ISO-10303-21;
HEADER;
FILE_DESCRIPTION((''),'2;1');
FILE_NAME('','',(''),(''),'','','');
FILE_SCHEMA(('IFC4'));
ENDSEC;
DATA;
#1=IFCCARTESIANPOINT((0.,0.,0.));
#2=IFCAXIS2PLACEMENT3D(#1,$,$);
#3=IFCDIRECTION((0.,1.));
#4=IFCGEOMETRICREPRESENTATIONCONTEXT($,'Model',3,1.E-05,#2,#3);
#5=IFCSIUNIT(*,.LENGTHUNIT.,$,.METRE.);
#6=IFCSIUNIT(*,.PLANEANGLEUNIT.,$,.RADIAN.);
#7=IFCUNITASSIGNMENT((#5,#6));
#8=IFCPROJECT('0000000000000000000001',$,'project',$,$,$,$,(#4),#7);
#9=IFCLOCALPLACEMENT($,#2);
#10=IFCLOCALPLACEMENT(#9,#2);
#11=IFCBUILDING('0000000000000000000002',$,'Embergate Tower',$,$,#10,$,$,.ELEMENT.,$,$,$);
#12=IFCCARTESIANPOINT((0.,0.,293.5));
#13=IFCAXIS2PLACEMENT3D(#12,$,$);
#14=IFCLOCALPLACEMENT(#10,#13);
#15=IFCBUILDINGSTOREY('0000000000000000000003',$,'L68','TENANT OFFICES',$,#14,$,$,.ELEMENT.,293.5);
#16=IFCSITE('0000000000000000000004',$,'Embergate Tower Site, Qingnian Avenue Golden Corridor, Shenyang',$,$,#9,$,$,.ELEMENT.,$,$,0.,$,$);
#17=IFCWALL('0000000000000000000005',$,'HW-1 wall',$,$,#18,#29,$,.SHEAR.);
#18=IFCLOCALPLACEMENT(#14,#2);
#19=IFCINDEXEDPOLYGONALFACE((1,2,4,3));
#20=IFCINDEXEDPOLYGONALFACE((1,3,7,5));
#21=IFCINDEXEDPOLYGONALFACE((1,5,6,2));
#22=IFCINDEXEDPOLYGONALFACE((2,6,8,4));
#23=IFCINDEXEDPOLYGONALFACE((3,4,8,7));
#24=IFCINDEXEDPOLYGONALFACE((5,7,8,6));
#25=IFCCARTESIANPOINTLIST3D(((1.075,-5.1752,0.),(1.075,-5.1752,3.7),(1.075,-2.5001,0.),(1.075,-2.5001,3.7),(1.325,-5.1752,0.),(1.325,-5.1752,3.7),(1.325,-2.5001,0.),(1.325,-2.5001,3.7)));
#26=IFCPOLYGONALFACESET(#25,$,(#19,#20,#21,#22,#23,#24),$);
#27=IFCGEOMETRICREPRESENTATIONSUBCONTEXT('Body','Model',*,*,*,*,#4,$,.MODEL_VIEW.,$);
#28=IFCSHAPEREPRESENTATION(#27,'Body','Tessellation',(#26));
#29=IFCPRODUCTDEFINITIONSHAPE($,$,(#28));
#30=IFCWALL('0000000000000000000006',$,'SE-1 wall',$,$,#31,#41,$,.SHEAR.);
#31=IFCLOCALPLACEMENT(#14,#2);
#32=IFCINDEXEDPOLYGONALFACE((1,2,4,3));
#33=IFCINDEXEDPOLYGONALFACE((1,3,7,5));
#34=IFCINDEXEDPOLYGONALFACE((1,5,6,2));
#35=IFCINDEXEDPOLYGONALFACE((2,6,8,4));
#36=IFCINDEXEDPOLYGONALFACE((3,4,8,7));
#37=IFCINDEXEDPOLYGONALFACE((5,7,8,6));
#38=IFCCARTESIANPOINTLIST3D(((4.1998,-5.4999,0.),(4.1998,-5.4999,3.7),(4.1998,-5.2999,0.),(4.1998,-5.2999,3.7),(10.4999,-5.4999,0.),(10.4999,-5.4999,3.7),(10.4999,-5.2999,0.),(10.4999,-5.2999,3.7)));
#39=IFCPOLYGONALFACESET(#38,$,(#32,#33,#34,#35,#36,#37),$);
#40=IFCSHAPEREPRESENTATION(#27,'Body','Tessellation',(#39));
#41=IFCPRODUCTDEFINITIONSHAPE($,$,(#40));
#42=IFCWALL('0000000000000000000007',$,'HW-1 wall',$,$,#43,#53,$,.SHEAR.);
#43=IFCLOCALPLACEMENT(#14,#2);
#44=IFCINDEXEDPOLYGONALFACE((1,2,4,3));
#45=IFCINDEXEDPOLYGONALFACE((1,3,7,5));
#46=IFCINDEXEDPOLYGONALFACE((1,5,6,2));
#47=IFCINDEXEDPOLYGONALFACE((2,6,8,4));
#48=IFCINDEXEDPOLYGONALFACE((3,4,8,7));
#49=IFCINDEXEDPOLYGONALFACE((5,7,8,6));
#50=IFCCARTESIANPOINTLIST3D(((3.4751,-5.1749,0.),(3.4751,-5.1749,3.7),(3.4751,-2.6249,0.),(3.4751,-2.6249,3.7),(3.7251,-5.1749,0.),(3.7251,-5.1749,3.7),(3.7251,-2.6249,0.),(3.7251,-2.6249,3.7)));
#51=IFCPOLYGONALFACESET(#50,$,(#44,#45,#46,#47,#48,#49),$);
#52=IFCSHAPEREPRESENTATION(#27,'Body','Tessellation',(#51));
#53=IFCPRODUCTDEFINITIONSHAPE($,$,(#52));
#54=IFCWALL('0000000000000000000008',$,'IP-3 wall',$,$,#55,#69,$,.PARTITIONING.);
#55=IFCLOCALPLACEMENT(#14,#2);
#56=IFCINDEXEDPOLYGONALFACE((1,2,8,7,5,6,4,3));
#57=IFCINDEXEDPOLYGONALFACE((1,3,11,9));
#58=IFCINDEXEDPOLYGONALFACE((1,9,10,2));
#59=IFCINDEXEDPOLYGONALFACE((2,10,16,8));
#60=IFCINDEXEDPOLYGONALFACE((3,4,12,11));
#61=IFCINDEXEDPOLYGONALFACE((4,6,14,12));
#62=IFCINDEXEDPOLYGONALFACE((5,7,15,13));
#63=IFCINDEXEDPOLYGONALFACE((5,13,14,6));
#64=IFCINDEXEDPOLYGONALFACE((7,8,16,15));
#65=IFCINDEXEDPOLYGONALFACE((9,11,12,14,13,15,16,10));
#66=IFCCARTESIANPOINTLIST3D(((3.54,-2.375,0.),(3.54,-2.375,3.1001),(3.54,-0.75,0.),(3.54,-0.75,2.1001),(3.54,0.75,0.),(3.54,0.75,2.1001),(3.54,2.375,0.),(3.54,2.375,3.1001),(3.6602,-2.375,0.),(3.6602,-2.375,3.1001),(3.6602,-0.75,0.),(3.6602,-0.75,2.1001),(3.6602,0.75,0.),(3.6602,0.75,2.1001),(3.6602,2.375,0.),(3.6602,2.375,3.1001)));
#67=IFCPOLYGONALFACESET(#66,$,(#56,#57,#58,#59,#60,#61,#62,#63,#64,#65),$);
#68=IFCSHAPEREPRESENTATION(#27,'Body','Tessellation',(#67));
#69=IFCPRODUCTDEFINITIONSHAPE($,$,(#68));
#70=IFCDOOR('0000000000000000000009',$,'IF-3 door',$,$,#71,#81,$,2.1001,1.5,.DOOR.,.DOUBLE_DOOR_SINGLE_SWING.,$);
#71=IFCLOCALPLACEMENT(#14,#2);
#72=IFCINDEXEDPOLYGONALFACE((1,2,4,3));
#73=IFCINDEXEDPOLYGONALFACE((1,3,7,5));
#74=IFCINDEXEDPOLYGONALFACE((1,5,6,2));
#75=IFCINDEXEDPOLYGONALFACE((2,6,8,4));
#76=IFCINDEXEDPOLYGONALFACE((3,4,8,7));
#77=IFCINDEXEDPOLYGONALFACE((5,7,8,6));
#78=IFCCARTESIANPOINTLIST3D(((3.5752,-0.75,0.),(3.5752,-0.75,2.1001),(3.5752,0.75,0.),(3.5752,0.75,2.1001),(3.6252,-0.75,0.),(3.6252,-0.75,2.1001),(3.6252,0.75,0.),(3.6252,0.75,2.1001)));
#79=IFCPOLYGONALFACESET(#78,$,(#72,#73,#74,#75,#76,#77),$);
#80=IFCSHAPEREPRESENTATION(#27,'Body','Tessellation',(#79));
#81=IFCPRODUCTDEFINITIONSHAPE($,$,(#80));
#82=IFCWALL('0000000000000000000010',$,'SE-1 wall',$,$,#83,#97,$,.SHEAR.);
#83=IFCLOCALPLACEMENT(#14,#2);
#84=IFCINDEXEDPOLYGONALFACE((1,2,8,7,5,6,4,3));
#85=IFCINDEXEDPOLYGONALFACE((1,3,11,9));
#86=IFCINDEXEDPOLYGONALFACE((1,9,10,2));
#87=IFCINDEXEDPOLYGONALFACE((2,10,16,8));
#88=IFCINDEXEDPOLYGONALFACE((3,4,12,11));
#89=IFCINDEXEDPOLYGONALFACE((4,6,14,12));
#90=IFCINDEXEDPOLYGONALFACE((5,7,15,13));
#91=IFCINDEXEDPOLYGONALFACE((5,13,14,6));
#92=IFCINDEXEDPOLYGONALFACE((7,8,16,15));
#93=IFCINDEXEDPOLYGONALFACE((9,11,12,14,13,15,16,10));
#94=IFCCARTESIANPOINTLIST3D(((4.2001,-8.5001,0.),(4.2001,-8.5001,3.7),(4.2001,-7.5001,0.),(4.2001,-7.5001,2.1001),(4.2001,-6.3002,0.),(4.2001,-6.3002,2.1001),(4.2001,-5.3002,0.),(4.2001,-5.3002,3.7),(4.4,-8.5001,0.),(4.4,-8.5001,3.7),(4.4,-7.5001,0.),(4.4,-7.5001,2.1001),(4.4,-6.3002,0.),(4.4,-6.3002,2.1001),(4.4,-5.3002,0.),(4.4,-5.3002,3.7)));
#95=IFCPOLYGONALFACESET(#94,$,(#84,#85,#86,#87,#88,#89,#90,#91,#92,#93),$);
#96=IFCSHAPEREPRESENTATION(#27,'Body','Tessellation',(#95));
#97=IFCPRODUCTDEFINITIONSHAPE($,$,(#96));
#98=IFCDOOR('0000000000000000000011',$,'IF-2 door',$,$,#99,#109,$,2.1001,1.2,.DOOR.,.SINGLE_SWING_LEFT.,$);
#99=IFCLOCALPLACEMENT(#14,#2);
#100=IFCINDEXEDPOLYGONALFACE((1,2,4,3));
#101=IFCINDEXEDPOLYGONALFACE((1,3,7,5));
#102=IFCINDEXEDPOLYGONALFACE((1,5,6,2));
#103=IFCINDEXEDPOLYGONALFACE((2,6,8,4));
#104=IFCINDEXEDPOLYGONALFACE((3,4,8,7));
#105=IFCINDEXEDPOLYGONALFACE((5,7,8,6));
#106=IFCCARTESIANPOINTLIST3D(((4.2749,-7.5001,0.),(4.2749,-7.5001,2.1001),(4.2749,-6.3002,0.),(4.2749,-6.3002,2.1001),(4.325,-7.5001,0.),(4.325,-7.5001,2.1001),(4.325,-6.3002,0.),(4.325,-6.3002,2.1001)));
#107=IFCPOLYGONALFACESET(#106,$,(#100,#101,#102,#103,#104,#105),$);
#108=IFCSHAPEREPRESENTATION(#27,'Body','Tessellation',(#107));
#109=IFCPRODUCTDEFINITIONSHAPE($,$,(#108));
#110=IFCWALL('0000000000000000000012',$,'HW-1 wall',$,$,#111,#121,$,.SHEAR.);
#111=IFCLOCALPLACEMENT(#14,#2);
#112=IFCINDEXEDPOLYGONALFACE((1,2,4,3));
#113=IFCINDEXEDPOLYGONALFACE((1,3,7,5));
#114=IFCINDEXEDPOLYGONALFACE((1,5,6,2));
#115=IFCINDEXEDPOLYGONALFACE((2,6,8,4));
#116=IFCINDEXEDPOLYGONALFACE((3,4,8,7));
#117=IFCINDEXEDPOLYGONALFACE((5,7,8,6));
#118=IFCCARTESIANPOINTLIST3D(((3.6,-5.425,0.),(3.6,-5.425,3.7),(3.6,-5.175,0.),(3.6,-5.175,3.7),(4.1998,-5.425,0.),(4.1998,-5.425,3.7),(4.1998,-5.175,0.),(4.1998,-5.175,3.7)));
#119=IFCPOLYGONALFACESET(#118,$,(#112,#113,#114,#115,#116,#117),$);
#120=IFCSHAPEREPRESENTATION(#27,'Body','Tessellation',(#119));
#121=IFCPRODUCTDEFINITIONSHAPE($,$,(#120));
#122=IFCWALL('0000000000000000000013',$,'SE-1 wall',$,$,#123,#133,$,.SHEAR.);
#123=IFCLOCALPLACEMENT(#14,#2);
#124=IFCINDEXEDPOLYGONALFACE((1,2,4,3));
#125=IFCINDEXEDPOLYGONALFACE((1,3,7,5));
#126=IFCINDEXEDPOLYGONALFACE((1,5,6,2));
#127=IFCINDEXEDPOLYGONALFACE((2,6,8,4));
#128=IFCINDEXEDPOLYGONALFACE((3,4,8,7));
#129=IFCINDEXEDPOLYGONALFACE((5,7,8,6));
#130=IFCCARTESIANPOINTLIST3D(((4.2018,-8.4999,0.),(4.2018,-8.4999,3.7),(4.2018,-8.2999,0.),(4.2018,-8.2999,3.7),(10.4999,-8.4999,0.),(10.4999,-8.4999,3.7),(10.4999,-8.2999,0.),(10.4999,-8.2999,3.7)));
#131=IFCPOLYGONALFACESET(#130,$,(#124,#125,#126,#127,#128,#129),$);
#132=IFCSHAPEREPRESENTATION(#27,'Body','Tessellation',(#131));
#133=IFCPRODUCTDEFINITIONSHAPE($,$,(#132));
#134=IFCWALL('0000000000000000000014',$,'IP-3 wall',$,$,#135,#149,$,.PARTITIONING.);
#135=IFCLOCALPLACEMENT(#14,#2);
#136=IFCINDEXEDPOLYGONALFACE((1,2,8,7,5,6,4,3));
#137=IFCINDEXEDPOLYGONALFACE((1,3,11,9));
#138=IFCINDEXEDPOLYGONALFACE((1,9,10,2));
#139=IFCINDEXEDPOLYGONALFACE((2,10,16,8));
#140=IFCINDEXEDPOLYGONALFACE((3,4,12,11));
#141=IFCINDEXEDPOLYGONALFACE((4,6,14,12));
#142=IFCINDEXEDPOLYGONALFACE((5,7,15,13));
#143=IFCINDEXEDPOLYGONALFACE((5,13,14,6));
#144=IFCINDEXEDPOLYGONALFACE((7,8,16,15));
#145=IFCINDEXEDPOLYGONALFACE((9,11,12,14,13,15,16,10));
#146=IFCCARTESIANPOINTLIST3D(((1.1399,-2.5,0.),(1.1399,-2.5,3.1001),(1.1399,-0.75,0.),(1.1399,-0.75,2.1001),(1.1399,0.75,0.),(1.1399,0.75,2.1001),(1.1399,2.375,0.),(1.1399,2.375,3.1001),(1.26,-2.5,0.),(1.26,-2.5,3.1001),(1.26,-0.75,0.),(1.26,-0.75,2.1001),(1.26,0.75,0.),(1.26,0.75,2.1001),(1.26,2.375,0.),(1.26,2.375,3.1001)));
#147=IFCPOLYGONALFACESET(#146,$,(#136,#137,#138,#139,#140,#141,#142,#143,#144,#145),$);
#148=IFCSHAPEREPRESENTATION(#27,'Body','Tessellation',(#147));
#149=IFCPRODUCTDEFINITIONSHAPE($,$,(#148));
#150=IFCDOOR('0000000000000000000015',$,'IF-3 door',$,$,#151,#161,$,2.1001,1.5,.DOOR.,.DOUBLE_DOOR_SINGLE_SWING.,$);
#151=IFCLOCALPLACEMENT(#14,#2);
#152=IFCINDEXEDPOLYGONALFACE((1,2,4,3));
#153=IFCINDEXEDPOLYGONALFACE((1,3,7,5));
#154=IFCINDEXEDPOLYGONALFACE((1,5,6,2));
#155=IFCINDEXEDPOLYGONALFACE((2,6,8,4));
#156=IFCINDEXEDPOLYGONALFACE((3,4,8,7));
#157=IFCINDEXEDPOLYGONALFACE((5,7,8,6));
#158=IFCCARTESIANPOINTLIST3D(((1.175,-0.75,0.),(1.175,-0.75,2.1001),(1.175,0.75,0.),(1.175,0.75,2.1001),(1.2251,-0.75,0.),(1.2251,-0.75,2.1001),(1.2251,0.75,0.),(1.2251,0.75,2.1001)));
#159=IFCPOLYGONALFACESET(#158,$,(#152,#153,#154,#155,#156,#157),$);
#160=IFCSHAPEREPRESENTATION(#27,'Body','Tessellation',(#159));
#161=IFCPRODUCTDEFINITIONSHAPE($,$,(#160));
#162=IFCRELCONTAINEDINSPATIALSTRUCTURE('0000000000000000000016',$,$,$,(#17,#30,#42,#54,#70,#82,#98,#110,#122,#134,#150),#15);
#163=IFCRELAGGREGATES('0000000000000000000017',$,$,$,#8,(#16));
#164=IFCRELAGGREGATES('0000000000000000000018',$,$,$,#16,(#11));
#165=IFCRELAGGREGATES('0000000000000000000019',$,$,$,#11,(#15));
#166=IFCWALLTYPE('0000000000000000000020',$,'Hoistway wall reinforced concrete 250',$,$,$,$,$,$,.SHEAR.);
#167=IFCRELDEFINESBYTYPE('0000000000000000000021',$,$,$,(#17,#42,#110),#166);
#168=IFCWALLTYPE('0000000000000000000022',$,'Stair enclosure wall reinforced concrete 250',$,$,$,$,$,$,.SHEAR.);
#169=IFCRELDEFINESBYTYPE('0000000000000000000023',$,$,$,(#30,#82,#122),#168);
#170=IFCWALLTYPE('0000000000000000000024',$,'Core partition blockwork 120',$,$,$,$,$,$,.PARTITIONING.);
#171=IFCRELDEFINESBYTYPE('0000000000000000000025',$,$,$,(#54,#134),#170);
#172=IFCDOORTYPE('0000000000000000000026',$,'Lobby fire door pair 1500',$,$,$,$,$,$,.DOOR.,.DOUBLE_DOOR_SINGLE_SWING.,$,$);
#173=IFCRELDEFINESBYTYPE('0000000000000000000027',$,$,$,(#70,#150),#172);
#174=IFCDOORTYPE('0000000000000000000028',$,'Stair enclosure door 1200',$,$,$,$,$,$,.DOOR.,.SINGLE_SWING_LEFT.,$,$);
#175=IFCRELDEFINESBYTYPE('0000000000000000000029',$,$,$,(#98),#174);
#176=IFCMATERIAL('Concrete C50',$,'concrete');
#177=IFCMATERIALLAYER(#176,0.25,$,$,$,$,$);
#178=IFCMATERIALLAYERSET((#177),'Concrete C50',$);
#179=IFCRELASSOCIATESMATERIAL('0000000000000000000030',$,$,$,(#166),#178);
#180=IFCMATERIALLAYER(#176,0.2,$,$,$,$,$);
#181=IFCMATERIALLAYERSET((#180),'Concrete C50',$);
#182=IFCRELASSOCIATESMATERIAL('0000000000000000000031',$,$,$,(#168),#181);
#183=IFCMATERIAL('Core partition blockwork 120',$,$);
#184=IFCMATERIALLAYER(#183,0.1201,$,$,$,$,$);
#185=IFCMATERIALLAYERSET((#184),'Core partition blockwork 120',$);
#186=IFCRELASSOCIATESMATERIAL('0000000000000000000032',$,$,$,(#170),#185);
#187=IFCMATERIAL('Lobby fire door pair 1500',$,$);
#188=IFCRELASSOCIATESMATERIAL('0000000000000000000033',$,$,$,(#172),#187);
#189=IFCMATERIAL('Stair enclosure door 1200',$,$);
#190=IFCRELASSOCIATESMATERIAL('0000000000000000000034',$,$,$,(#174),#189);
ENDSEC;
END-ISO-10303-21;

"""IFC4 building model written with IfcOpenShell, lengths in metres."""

from ifc_helpers import new_model, si_unit, direction, frame, frame_2d, origin, place, context, subcontext, project, spatial, rectangle, extrude, source, transform, mapped, material, layer, layer_set, type_object, element, fill, save


model = new_model("IFC4")

# Units and contexts
model_context = context("Model", 3, precision=1e-05, world=origin(), true_north=direction((0.0, 1.0)))
body_context = subcontext(model_context, "Body", "Model", "MODEL_VIEW")
ifc_project = project(units=[si_unit("LENGTHUNIT", "METRE"), si_unit("PLANEANGLEUNIT", "RADIAN")], contexts=[model_context])

# Site, building, storey
site_placement = place(None, origin())
site = spatial("IfcSite", under=ifc_project, at=site_placement, Name="Embergate Tower Site, Qingnian Avenue Golden Corridor, Shenyang", CompositionType="ELEMENT", RefElevation=0.0)
building_placement = place(site_placement, origin())
building = spatial("IfcBuilding", under=site, at=building_placement, Name="Embergate Tower", CompositionType="ELEMENT")
storey_placement = place(building_placement, frame((0.0, 0.0, 293.5)))
storey = spatial("IfcBuildingStorey", under=building, at=storey_placement, Name="L68", Description="TENANT OFFICES", CompositionType="ELEMENT", Elevation=293.5)

# Walls
ifc_material_1 = material(Name="Concrete C50", Category="concrete")
ifc_layer_1 = layer(ifc_material_1, 0.25)
ifc_layer_set_1 = layer_set([ifc_layer_1], Name="Concrete C50")
wall_type_1 = type_object("IfcWallType", Name="Hoistway wall reinforced concrete 250", PredefinedType="SHEAR", material=ifc_layer_set_1)
shared_shape_1 = source(origin(), body_context, "Body", "SweptSolid", [
    extrude(rectangle(XDim=2.675, YDim=0.25, at=frame_2d((1.3374, 0.0))), origin(), (0.0, 0.0, 1.0), 3.7),
])
wall_1_placement = place(storey_placement, frame((1.2, -5.175, 0.0), z_axis=(0.0, 0.0, 1.0), x_axis=(0.0, 1.0, 0.0)))
element("IfcWall", 1, at=wall_1_placement, inside=storey, type_object=wall_type_1, Name="HW-1 wall", PredefinedType="SHEAR", context=body_context, shape_type="MappedRepresentation", body=[
    mapped(shared_shape_1, transform((0.0, 0.0, 0.0))),
])
ifc_layer_2 = layer(ifc_material_1, 0.2)
ifc_layer_set_2 = layer_set([ifc_layer_2], Name="Concrete C50")
wall_type_2 = type_object("IfcWallType", Name="Stair enclosure wall reinforced concrete 250", PredefinedType="SHEAR", material=ifc_layer_set_2)
shared_shape_2 = source(origin(), body_context, "Body", "SweptSolid", [
    extrude(rectangle(XDim=6.3, YDim=0.2, at=frame_2d((3.1499, 0.0))), origin(), (0.0, 0.0, 1.0), 3.7),
])
wall_2_placement = place(storey_placement, frame((4.2, -5.3999, 0.0), z_axis=(0.0, 0.0, 1.0), x_axis=(1.0, 0.0, 0.0)))
element("IfcWall", 2, at=wall_2_placement, inside=storey, type_object=wall_type_2, Name="SE-1 wall", PredefinedType="SHEAR", context=body_context, shape_type="MappedRepresentation", body=[
    mapped(shared_shape_2, transform((0.0, 0.0, 0.0))),
])
shared_shape_3 = source(origin(), body_context, "Body", "SweptSolid", [
    extrude(rectangle(XDim=2.55, YDim=0.25, at=frame_2d((1.2749, 0.0))), origin(), (0.0, 0.0, 1.0), 3.7),
])
wall_3_placement = place(storey_placement, frame((3.6001, -2.625, 0.0), z_axis=(0.0, 0.0, 1.0), x_axis=(0.0, -1.0, 0.0)))
element("IfcWall", 3, at=wall_3_placement, inside=storey, type_object=wall_type_1, Name="HW-1 wall", PredefinedType="SHEAR", context=body_context, shape_type="MappedRepresentation", body=[
    mapped(shared_shape_3, transform((0.0, 0.0, 0.0))),
])

# Walls, openings, doors
ifc_material_2 = material(Name="Core partition blockwork 120")
ifc_layer_3 = layer(ifc_material_2, 0.1201)
ifc_layer_set_3 = layer_set([ifc_layer_3], Name="Core partition blockwork 120")
wall_type_3 = type_object("IfcWallType", Name="Core partition blockwork 120", PredefinedType="PARTITIONING", material=ifc_layer_set_3)
shared_shape_4 = source(origin(), body_context, "Body", "SweptSolid", [
    extrude(rectangle(XDim=4.75, YDim=0.1201, at=frame_2d((2.375, 0.0))), origin(), (0.0, 0.0, 1.0), 3.1001),
])
wall_4_placement = place(storey_placement, frame((3.6001, -2.375, 0.0), z_axis=(0.0, 0.0, 1.0), x_axis=(0.0, 1.0, 0.0)))
wall_4 = element("IfcWall", 4, at=wall_4_placement, inside=storey, type_object=wall_type_3, Name="IP-3 wall", PredefinedType="PARTITIONING", context=body_context, shape_type="MappedRepresentation", body=[
    mapped(shared_shape_4, transform((0.0, 0.0, 0.0))),
])
shared_shape_5 = source(origin(), body_context, "Body", "SweptSolid", [
    extrude(rectangle(XDim=1.5, YDim=2.1001, at=frame_2d((0.75, 1.05))), frame((0.0, 0.0701, 0.0), z_axis=(0.0, -1.0, 0.0), x_axis=(1.0, 0.0, 0.0)), (0.0, 0.0, 1.0), 0.1401),
])
opening_1_placement = place(wall_4_placement, frame((1.625, 0.0, 0.0)))
opening_1 = element("IfcOpeningElement", 5, at=opening_1_placement, cuts=wall_4, PredefinedType="OPENING", context=body_context, shape_type="MappedRepresentation", body=[
    mapped(shared_shape_5, transform((0.0, 0.0, 0.0))),
])
ifc_material_3 = material(Name="Lobby fire door pair 1500")
door_type_1 = type_object("IfcDoorType", Name="Lobby fire door pair 1500", OperationType="DOUBLE_DOOR_SINGLE_SWING", PredefinedType="DOOR", material=ifc_material_3)
shared_shape_6 = source(origin(), body_context, "Body", "SweptSolid", [
    extrude(rectangle(XDim=1.5, YDim=2.1001, at=frame_2d((0.75, 1.05))), frame((0.0, 0.0249, 0.0), z_axis=(0.0, -1.0, 0.0), x_axis=(1.0, 0.0, 0.0)), (0.0, 0.0, 1.0), 0.05),
])
door_1_placement = place(opening_1_placement, origin())
door_1 = element("IfcDoor", 6, at=door_1_placement, inside=storey, type_object=door_type_1, Name="IF-3 door", OperationType="DOUBLE_DOOR_SINGLE_SWING", OverallHeight=2.1001, OverallWidth=1.5, PredefinedType="DOOR", context=body_context, shape_type="MappedRepresentation", body=[
    mapped(shared_shape_6, transform((0.0, 0.0, 0.0))),
])
fill(opening_1, door_1)
shared_shape_7 = source(origin(), body_context, "Body", "SweptSolid", [
    extrude(rectangle(XDim=3.2, YDim=0.2, at=frame_2d((1.6001, 0.0))), origin(), (0.0, 0.0, 1.0), 3.7),
])
wall_5_placement = place(storey_placement, frame((4.3, -5.3, 0.0), z_axis=(0.0, 0.0, 1.0), x_axis=(0.0, -1.0, 0.0)))
wall_5 = element("IfcWall", 7, at=wall_5_placement, inside=storey, type_object=wall_type_2, Name="SE-1 wall", PredefinedType="SHEAR", context=body_context, shape_type="MappedRepresentation", body=[
    mapped(shared_shape_7, transform((0.0, 0.0, 0.0))),
])
shared_shape_8 = source(origin(), body_context, "Body", "SweptSolid", [
    extrude(rectangle(XDim=1.2, YDim=2.1001, at=frame_2d((0.6001, 1.05))), frame((0.0, 0.1099, 0.0), z_axis=(0.0, -1.0, 0.0), x_axis=(1.0, 0.0, 0.0)), (0.0, 0.0, 1.0), 0.22),
])
opening_2_placement = place(wall_5_placement, frame((1.0, 0.0, 0.0)))
opening_2 = element("IfcOpeningElement", 8, at=opening_2_placement, cuts=wall_5, PredefinedType="OPENING", context=body_context, shape_type="MappedRepresentation", body=[
    mapped(shared_shape_8, transform((0.0, 0.0, 0.0))),
])
ifc_material_4 = material(Name="Stair enclosure door 1200")
door_type_2 = type_object("IfcDoorType", Name="Stair enclosure door 1200", OperationType="SINGLE_SWING_LEFT", PredefinedType="DOOR", material=ifc_material_4)
shared_shape_9 = source(origin(), body_context, "Body", "SweptSolid", [
    extrude(rectangle(XDim=1.2, YDim=2.1001, at=frame_2d((0.6001, 1.05))), frame((0.0, 0.0249, 0.0), z_axis=(0.0, -1.0, 0.0), x_axis=(1.0, 0.0, 0.0)), (0.0, 0.0, 1.0), 0.05),
])
door_2_placement = place(opening_2_placement, origin())
door_2 = element("IfcDoor", 9, at=door_2_placement, inside=storey, type_object=door_type_2, Name="IF-2 door", OperationType="SINGLE_SWING_LEFT", OverallHeight=2.1001, OverallWidth=1.2, PredefinedType="DOOR", context=body_context, shape_type="MappedRepresentation", body=[
    mapped(shared_shape_9, transform((0.0, 0.0, 0.0))),
])
fill(opening_2, door_2)

# Walls
shared_shape_10 = source(origin(), body_context, "Body", "SweptSolid", [
    extrude(rectangle(XDim=0.5999, YDim=0.25, at=frame_2d((0.2998, 0.0))), origin(), (0.0, 0.0, 1.0), 3.7),
])
wall_6_placement = place(storey_placement, frame((3.6001, -5.3, 0.0), z_axis=(0.0, 0.0, 1.0), x_axis=(1.0, 0.0, 0.0)))
element("IfcWall", 10, at=wall_6_placement, inside=storey, type_object=wall_type_1, Name="HW-1 wall", PredefinedType="SHEAR", context=body_context, shape_type="MappedRepresentation", body=[
    mapped(shared_shape_10, transform((0.0, 0.0, 0.0))),
])
shared_shape_11 = source(origin(), body_context, "Body", "SweptSolid", [
    extrude(rectangle(XDim=6.2981, YDim=0.2, at=frame_2d((3.1489, 0.0))), origin(), (0.0, 0.0, 1.0), 3.7),
])
wall_7_placement = place(storey_placement, frame((4.2019, -8.3999, 0.0), z_axis=(0.0, 0.0, 1.0), x_axis=(1.0, 0.0, 0.0)))
element("IfcWall", 11, at=wall_7_placement, inside=storey, type_object=wall_type_2, Name="SE-1 wall", PredefinedType="SHEAR", context=body_context, shape_type="MappedRepresentation", body=[
    mapped(shared_shape_11, transform((0.0, 0.0, 0.0))),
])

# Wall, opening, door
shared_shape_12 = source(origin(), body_context, "Body", "SweptSolid", [
    extrude(rectangle(XDim=4.875, YDim=0.1201, at=frame_2d((2.4375, 0.0))), origin(), (0.0, 0.0, 1.0), 3.1001),
])
wall_8_placement = place(storey_placement, frame((1.2, -2.5, 0.0), z_axis=(0.0, 0.0, 1.0), x_axis=(0.0, 1.0, 0.0)))
wall_8 = element("IfcWall", 12, at=wall_8_placement, inside=storey, type_object=wall_type_3, Name="IP-3 wall", PredefinedType="PARTITIONING", context=body_context, shape_type="MappedRepresentation", body=[
    mapped(shared_shape_12, transform((0.0, 0.0, 0.0))),
])
opening_3_placement = place(wall_8_placement, frame((1.75, 0.0, 0.0)))
opening_3 = element("IfcOpeningElement", 13, at=opening_3_placement, cuts=wall_8, PredefinedType="OPENING", context=body_context, shape_type="MappedRepresentation", body=[
    mapped(shared_shape_5, transform((0.0, 0.0, 0.0))),
])
door_3_placement = place(opening_3_placement, origin())
door_3 = element("IfcDoor", 14, at=door_3_placement, inside=storey, type_object=door_type_1, Name="IF-3 door", OperationType="DOUBLE_DOOR_SINGLE_SWING", OverallHeight=2.1001, OverallWidth=1.5, PredefinedType="DOOR", context=body_context, shape_type="MappedRepresentation", body=[
    mapped(shared_shape_6, transform((0.0, 0.0, 0.0))),
])
fill(opening_3, door_3)

save(model, "model.ifc")
